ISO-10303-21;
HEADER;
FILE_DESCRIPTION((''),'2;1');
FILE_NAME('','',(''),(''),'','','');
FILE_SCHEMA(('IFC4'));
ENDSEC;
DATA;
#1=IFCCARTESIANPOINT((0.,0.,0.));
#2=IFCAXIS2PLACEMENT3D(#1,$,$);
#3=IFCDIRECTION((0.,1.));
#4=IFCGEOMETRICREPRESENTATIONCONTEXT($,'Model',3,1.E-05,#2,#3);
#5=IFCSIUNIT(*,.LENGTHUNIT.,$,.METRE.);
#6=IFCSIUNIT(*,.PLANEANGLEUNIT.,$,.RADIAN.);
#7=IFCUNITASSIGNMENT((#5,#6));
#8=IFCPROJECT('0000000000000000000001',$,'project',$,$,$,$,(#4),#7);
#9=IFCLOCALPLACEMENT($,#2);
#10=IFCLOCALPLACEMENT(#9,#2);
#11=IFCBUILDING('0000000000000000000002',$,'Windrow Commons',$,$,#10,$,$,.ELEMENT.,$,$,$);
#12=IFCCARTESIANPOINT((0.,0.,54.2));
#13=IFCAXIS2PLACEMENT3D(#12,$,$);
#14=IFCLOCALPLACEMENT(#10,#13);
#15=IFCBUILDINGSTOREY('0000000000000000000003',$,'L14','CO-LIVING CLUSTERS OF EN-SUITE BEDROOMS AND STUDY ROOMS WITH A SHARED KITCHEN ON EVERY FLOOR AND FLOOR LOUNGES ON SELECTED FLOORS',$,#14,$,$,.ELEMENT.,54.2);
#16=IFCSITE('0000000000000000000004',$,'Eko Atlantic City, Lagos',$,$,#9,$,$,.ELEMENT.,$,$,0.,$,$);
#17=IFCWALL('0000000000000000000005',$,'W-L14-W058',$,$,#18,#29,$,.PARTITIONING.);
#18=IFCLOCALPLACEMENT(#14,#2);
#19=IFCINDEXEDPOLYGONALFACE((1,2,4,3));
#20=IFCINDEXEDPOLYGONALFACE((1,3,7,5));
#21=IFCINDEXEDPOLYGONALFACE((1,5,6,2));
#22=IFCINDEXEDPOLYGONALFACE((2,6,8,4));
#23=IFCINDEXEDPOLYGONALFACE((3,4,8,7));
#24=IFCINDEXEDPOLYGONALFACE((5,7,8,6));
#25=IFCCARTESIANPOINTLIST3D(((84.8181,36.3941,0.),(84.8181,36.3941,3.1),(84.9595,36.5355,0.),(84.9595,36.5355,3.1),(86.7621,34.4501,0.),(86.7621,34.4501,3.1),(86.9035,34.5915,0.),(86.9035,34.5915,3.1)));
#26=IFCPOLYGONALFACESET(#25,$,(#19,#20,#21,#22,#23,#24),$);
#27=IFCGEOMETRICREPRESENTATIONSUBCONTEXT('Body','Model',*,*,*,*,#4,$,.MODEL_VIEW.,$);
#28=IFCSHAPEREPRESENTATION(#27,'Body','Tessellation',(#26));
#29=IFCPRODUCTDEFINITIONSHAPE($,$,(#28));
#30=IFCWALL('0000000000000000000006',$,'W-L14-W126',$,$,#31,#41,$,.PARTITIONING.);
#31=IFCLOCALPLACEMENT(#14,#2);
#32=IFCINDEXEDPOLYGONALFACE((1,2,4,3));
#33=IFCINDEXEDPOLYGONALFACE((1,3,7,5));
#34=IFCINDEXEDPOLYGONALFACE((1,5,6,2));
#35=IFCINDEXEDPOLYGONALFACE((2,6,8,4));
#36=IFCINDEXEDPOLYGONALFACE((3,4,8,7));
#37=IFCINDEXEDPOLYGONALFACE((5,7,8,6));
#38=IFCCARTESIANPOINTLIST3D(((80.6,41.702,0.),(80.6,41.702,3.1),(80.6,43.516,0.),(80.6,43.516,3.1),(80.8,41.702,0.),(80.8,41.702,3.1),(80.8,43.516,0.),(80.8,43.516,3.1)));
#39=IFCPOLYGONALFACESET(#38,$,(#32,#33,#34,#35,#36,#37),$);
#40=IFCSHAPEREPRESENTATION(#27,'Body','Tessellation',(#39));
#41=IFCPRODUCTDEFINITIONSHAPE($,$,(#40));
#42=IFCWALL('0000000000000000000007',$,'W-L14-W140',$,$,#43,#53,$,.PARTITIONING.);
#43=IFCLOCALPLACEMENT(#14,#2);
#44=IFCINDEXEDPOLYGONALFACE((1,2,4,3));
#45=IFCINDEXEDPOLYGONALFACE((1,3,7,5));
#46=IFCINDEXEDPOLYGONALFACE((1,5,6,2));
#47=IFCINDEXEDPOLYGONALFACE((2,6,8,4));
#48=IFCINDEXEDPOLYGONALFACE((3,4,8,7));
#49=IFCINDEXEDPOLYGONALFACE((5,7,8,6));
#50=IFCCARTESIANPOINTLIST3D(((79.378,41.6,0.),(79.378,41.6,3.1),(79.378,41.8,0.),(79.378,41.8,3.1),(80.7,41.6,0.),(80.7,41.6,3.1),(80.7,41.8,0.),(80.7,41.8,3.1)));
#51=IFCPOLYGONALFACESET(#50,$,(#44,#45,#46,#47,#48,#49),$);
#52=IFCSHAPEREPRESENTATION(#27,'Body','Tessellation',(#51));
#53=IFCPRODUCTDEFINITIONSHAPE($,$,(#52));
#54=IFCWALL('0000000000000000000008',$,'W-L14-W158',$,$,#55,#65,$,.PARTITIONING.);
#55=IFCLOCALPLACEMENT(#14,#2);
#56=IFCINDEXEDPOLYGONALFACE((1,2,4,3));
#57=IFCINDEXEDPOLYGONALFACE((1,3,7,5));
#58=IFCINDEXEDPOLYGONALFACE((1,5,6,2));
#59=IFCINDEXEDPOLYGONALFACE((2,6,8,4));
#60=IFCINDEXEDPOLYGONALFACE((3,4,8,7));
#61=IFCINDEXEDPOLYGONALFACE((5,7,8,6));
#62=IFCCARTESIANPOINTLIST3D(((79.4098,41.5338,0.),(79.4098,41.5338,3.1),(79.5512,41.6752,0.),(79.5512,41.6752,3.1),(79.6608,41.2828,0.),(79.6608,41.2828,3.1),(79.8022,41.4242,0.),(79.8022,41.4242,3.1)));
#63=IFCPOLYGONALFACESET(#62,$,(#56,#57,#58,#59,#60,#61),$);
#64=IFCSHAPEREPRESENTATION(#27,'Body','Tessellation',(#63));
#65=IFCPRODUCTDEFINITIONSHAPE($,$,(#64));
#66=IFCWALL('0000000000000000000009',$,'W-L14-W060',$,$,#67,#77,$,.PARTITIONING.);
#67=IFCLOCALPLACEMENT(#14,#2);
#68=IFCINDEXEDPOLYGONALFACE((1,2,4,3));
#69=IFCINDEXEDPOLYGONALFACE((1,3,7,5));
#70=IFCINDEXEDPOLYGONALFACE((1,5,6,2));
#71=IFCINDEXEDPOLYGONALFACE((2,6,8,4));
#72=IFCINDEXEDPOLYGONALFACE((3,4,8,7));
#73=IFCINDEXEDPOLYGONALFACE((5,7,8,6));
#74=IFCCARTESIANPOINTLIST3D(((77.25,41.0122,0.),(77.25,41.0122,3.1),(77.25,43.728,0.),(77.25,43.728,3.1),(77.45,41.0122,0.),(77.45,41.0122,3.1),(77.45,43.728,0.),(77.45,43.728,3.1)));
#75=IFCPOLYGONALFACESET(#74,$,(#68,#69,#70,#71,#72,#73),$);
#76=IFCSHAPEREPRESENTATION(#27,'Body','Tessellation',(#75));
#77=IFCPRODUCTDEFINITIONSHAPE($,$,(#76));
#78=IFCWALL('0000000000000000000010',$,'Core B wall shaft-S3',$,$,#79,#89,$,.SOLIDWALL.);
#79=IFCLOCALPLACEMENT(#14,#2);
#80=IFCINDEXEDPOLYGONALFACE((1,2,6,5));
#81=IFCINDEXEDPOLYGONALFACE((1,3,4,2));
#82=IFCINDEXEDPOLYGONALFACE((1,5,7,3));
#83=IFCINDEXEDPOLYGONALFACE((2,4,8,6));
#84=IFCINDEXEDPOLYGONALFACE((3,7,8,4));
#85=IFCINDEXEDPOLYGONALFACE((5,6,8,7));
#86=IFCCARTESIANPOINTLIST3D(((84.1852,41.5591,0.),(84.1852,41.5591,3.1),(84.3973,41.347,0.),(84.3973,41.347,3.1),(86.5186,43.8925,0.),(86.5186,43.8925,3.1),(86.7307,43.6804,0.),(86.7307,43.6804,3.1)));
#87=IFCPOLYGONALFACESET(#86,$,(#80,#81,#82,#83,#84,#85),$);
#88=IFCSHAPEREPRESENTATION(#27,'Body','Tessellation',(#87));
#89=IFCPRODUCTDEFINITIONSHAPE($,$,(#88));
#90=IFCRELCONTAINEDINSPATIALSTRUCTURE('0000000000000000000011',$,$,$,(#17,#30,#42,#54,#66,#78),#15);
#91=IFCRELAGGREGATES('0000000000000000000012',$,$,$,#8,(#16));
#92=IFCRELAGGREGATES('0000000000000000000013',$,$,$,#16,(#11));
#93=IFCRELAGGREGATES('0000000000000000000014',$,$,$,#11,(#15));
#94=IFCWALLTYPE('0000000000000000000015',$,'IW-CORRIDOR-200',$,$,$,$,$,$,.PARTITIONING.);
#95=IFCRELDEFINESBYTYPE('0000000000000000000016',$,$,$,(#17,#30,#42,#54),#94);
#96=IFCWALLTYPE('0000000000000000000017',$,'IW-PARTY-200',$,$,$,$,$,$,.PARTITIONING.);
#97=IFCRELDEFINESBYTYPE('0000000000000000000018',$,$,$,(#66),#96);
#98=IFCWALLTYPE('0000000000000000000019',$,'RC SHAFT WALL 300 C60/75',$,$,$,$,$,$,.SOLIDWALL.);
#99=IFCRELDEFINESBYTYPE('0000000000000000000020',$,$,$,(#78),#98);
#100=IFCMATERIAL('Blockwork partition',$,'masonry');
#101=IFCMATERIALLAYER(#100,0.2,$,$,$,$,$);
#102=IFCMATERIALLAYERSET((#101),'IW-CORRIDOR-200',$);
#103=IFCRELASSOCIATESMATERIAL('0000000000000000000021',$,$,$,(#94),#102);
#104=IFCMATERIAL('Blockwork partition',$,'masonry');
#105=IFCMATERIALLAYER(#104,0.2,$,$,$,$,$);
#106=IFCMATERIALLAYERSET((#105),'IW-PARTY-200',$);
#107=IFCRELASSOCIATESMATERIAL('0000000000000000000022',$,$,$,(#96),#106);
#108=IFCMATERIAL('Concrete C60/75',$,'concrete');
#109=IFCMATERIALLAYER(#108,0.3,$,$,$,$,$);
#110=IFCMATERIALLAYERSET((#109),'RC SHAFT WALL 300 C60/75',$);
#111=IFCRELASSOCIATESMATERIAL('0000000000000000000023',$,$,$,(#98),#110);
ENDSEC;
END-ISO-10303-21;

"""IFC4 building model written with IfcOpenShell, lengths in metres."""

from ifc_helpers import new_model, si_unit, direction, frame, frame_2d, origin, place, context, subcontext, project, spatial, rectangle, extrude, material, layer, layer_set, type_object, element, save


model = new_model("IFC4")

# Units and contexts
model_context = context("Model", 3, precision=1e-05, world=origin(), true_north=direction((0.0, 1.0)))
body_context = subcontext(model_context, "Body", "Model", "MODEL_VIEW")
ifc_project = project(units=[si_unit("LENGTHUNIT", "METRE"), si_unit("PLANEANGLEUNIT", "RADIAN")], contexts=[model_context])

# Site, building, storey
site_placement = place(None, origin())
site = spatial("IfcSite", under=ifc_project, at=site_placement, Name="Eko Atlantic City, Lagos", CompositionType="ELEMENT", RefElevation=0.0)
building_placement = place(site_placement, origin())
building = spatial("IfcBuilding", under=site, at=building_placement, Name="Windrow Commons", CompositionType="ELEMENT")
storey_placement = place(building_placement, frame((0.0, 0.0, 54.2)))
storey = spatial("IfcBuildingStorey", under=building, at=storey_placement, Name="L14", Description="CO-LIVING CLUSTERS OF EN-SUITE BEDROOMS AND STUDY ROOMS WITH A SHARED KITCHEN ON EVERY FLOOR AND FLOOR LOUNGES ON SELECTED FLOORS", CompositionType="ELEMENT", Elevation=54.2)

# Walls
ifc_material_1 = material(Name="Blockwork partition", Category="masonry")
ifc_layer_1 = layer(ifc_material_1, 0.2)
ifc_layer_set_1 = layer_set([ifc_layer_1], Name="IW-CORRIDOR-200")
wall_type_1 = type_object("IfcWallType", Name="IW-CORRIDOR-200", PredefinedType="PARTITIONING", material=ifc_layer_set_1)
wall_1_placement = place(storey_placement, frame((84.8888, 36.4648, 0.0), z_axis=(0.0, 0.0, 1.0), x_axis=(0.707107, -0.707107, 0.0)))
element("IfcWall", 1, at=wall_1_placement, inside=storey, type_object=wall_type_1, Name="W-L14-W058", PredefinedType="PARTITIONING", context=body_context, shape_type="SweptSolid", body=[
    extrude(rectangle(XDim=2.7492, YDim=0.2, at=frame_2d((1.3746, 0.0))), origin(), (0.0, 0.0, 1.0), 3.1),
])
wall_2_placement = place(storey_placement, frame((80.7, 41.702, 0.0), z_axis=(0.0, 0.0, 1.0), x_axis=(0.0, 1.0, 0.0)))
element("IfcWall", 2, at=wall_2_placement, inside=storey, type_object=wall_type_1, Name="W-L14-W126", PredefinedType="PARTITIONING", context=body_context, shape_type="SweptSolid", body=[
    extrude(rectangle(XDim=1.814, YDim=0.2, at=frame_2d((0.907, 0.0))), origin(), (0.0, 0.0, 1.0), 3.1),
])
wall_3_placement = place(storey_placement, frame((79.378, 41.7, 0.0), z_axis=(0.0, 0.0, 1.0), x_axis=(1.0, 0.0, 0.0)))
element("IfcWall", 3, at=wall_3_placement, inside=storey, type_object=wall_type_1, Name="W-L14-W140", PredefinedType="PARTITIONING", context=body_context, shape_type="SweptSolid", body=[
    extrude(rectangle(XDim=1.322, YDim=0.2, at=frame_2d((0.661, 0.0))), origin(), (0.0, 0.0, 1.0), 3.1),
])
wall_4_placement = place(storey_placement, frame((79.4805, 41.6045, 0.0), z_axis=(0.0, 0.0, 1.0), x_axis=(0.707107, -0.707107, 0.0)))
element("IfcWall", 4, at=wall_4_placement, inside=storey, type_object=wall_type_1, Name="W-L14-W158", PredefinedType="PARTITIONING", context=body_context, shape_type="SweptSolid", body=[
    extrude(rectangle(XDim=0.355, YDim=0.2, at=frame_2d((0.1775, 0.0))), origin(), (0.0, 0.0, 1.0), 3.1),
])
ifc_material_2 = material(Name="Blockwork partition", Category="masonry")
ifc_layer_2 = layer(ifc_material_2, 0.2)
ifc_layer_set_2 = layer_set([ifc_layer_2], Name="IW-PARTY-200")
wall_type_2 = type_object("IfcWallType", Name="IW-PARTY-200", PredefinedType="PARTITIONING", material=ifc_layer_set_2)
wall_5_placement = place(storey_placement, frame((77.35, 41.0122, 0.0), z_axis=(0.0, 0.0, 1.0), x_axis=(0.0, 1.0, 0.0)))
element("IfcWall", 5, at=wall_5_placement, inside=storey, type_object=wall_type_2, Name="W-L14-W060", PredefinedType="PARTITIONING", context=body_context, shape_type="SweptSolid", body=[
    extrude(rectangle(XDim=2.7158, YDim=0.2, at=frame_2d((1.3579, 0.0))), origin(), (0.0, 0.0, 1.0), 3.1),
])
ifc_material_3 = material(Name="Concrete C60/75", Category="concrete")
ifc_layer_3 = layer(ifc_material_3, 0.3)
ifc_layer_set_3 = layer_set([ifc_layer_3], Name="RC SHAFT WALL 300 C60/75")
wall_type_3 = type_object("IfcWallType", Name="RC SHAFT WALL 300 C60/75", PredefinedType="SOLIDWALL", material=ifc_layer_set_3)
wall_6_placement = place(storey_placement, frame((84.2912, 41.453, 0.0), z_axis=(0.0, 0.0, 1.0), x_axis=(0.707107, 0.707107, 0.0)))
element("IfcWall", 6, at=wall_6_placement, inside=storey, type_object=wall_type_3, Name="Core B wall shaft-S3", PredefinedType="SOLIDWALL", context=body_context, shape_type="SweptSolid", body=[
    extrude(rectangle(XDim=3.2999, YDim=0.3, at=frame_2d((1.65, 0.0))), origin(), (0.0, 0.0, 1.0), 3.1),
])

save(model, "model.ifc")
